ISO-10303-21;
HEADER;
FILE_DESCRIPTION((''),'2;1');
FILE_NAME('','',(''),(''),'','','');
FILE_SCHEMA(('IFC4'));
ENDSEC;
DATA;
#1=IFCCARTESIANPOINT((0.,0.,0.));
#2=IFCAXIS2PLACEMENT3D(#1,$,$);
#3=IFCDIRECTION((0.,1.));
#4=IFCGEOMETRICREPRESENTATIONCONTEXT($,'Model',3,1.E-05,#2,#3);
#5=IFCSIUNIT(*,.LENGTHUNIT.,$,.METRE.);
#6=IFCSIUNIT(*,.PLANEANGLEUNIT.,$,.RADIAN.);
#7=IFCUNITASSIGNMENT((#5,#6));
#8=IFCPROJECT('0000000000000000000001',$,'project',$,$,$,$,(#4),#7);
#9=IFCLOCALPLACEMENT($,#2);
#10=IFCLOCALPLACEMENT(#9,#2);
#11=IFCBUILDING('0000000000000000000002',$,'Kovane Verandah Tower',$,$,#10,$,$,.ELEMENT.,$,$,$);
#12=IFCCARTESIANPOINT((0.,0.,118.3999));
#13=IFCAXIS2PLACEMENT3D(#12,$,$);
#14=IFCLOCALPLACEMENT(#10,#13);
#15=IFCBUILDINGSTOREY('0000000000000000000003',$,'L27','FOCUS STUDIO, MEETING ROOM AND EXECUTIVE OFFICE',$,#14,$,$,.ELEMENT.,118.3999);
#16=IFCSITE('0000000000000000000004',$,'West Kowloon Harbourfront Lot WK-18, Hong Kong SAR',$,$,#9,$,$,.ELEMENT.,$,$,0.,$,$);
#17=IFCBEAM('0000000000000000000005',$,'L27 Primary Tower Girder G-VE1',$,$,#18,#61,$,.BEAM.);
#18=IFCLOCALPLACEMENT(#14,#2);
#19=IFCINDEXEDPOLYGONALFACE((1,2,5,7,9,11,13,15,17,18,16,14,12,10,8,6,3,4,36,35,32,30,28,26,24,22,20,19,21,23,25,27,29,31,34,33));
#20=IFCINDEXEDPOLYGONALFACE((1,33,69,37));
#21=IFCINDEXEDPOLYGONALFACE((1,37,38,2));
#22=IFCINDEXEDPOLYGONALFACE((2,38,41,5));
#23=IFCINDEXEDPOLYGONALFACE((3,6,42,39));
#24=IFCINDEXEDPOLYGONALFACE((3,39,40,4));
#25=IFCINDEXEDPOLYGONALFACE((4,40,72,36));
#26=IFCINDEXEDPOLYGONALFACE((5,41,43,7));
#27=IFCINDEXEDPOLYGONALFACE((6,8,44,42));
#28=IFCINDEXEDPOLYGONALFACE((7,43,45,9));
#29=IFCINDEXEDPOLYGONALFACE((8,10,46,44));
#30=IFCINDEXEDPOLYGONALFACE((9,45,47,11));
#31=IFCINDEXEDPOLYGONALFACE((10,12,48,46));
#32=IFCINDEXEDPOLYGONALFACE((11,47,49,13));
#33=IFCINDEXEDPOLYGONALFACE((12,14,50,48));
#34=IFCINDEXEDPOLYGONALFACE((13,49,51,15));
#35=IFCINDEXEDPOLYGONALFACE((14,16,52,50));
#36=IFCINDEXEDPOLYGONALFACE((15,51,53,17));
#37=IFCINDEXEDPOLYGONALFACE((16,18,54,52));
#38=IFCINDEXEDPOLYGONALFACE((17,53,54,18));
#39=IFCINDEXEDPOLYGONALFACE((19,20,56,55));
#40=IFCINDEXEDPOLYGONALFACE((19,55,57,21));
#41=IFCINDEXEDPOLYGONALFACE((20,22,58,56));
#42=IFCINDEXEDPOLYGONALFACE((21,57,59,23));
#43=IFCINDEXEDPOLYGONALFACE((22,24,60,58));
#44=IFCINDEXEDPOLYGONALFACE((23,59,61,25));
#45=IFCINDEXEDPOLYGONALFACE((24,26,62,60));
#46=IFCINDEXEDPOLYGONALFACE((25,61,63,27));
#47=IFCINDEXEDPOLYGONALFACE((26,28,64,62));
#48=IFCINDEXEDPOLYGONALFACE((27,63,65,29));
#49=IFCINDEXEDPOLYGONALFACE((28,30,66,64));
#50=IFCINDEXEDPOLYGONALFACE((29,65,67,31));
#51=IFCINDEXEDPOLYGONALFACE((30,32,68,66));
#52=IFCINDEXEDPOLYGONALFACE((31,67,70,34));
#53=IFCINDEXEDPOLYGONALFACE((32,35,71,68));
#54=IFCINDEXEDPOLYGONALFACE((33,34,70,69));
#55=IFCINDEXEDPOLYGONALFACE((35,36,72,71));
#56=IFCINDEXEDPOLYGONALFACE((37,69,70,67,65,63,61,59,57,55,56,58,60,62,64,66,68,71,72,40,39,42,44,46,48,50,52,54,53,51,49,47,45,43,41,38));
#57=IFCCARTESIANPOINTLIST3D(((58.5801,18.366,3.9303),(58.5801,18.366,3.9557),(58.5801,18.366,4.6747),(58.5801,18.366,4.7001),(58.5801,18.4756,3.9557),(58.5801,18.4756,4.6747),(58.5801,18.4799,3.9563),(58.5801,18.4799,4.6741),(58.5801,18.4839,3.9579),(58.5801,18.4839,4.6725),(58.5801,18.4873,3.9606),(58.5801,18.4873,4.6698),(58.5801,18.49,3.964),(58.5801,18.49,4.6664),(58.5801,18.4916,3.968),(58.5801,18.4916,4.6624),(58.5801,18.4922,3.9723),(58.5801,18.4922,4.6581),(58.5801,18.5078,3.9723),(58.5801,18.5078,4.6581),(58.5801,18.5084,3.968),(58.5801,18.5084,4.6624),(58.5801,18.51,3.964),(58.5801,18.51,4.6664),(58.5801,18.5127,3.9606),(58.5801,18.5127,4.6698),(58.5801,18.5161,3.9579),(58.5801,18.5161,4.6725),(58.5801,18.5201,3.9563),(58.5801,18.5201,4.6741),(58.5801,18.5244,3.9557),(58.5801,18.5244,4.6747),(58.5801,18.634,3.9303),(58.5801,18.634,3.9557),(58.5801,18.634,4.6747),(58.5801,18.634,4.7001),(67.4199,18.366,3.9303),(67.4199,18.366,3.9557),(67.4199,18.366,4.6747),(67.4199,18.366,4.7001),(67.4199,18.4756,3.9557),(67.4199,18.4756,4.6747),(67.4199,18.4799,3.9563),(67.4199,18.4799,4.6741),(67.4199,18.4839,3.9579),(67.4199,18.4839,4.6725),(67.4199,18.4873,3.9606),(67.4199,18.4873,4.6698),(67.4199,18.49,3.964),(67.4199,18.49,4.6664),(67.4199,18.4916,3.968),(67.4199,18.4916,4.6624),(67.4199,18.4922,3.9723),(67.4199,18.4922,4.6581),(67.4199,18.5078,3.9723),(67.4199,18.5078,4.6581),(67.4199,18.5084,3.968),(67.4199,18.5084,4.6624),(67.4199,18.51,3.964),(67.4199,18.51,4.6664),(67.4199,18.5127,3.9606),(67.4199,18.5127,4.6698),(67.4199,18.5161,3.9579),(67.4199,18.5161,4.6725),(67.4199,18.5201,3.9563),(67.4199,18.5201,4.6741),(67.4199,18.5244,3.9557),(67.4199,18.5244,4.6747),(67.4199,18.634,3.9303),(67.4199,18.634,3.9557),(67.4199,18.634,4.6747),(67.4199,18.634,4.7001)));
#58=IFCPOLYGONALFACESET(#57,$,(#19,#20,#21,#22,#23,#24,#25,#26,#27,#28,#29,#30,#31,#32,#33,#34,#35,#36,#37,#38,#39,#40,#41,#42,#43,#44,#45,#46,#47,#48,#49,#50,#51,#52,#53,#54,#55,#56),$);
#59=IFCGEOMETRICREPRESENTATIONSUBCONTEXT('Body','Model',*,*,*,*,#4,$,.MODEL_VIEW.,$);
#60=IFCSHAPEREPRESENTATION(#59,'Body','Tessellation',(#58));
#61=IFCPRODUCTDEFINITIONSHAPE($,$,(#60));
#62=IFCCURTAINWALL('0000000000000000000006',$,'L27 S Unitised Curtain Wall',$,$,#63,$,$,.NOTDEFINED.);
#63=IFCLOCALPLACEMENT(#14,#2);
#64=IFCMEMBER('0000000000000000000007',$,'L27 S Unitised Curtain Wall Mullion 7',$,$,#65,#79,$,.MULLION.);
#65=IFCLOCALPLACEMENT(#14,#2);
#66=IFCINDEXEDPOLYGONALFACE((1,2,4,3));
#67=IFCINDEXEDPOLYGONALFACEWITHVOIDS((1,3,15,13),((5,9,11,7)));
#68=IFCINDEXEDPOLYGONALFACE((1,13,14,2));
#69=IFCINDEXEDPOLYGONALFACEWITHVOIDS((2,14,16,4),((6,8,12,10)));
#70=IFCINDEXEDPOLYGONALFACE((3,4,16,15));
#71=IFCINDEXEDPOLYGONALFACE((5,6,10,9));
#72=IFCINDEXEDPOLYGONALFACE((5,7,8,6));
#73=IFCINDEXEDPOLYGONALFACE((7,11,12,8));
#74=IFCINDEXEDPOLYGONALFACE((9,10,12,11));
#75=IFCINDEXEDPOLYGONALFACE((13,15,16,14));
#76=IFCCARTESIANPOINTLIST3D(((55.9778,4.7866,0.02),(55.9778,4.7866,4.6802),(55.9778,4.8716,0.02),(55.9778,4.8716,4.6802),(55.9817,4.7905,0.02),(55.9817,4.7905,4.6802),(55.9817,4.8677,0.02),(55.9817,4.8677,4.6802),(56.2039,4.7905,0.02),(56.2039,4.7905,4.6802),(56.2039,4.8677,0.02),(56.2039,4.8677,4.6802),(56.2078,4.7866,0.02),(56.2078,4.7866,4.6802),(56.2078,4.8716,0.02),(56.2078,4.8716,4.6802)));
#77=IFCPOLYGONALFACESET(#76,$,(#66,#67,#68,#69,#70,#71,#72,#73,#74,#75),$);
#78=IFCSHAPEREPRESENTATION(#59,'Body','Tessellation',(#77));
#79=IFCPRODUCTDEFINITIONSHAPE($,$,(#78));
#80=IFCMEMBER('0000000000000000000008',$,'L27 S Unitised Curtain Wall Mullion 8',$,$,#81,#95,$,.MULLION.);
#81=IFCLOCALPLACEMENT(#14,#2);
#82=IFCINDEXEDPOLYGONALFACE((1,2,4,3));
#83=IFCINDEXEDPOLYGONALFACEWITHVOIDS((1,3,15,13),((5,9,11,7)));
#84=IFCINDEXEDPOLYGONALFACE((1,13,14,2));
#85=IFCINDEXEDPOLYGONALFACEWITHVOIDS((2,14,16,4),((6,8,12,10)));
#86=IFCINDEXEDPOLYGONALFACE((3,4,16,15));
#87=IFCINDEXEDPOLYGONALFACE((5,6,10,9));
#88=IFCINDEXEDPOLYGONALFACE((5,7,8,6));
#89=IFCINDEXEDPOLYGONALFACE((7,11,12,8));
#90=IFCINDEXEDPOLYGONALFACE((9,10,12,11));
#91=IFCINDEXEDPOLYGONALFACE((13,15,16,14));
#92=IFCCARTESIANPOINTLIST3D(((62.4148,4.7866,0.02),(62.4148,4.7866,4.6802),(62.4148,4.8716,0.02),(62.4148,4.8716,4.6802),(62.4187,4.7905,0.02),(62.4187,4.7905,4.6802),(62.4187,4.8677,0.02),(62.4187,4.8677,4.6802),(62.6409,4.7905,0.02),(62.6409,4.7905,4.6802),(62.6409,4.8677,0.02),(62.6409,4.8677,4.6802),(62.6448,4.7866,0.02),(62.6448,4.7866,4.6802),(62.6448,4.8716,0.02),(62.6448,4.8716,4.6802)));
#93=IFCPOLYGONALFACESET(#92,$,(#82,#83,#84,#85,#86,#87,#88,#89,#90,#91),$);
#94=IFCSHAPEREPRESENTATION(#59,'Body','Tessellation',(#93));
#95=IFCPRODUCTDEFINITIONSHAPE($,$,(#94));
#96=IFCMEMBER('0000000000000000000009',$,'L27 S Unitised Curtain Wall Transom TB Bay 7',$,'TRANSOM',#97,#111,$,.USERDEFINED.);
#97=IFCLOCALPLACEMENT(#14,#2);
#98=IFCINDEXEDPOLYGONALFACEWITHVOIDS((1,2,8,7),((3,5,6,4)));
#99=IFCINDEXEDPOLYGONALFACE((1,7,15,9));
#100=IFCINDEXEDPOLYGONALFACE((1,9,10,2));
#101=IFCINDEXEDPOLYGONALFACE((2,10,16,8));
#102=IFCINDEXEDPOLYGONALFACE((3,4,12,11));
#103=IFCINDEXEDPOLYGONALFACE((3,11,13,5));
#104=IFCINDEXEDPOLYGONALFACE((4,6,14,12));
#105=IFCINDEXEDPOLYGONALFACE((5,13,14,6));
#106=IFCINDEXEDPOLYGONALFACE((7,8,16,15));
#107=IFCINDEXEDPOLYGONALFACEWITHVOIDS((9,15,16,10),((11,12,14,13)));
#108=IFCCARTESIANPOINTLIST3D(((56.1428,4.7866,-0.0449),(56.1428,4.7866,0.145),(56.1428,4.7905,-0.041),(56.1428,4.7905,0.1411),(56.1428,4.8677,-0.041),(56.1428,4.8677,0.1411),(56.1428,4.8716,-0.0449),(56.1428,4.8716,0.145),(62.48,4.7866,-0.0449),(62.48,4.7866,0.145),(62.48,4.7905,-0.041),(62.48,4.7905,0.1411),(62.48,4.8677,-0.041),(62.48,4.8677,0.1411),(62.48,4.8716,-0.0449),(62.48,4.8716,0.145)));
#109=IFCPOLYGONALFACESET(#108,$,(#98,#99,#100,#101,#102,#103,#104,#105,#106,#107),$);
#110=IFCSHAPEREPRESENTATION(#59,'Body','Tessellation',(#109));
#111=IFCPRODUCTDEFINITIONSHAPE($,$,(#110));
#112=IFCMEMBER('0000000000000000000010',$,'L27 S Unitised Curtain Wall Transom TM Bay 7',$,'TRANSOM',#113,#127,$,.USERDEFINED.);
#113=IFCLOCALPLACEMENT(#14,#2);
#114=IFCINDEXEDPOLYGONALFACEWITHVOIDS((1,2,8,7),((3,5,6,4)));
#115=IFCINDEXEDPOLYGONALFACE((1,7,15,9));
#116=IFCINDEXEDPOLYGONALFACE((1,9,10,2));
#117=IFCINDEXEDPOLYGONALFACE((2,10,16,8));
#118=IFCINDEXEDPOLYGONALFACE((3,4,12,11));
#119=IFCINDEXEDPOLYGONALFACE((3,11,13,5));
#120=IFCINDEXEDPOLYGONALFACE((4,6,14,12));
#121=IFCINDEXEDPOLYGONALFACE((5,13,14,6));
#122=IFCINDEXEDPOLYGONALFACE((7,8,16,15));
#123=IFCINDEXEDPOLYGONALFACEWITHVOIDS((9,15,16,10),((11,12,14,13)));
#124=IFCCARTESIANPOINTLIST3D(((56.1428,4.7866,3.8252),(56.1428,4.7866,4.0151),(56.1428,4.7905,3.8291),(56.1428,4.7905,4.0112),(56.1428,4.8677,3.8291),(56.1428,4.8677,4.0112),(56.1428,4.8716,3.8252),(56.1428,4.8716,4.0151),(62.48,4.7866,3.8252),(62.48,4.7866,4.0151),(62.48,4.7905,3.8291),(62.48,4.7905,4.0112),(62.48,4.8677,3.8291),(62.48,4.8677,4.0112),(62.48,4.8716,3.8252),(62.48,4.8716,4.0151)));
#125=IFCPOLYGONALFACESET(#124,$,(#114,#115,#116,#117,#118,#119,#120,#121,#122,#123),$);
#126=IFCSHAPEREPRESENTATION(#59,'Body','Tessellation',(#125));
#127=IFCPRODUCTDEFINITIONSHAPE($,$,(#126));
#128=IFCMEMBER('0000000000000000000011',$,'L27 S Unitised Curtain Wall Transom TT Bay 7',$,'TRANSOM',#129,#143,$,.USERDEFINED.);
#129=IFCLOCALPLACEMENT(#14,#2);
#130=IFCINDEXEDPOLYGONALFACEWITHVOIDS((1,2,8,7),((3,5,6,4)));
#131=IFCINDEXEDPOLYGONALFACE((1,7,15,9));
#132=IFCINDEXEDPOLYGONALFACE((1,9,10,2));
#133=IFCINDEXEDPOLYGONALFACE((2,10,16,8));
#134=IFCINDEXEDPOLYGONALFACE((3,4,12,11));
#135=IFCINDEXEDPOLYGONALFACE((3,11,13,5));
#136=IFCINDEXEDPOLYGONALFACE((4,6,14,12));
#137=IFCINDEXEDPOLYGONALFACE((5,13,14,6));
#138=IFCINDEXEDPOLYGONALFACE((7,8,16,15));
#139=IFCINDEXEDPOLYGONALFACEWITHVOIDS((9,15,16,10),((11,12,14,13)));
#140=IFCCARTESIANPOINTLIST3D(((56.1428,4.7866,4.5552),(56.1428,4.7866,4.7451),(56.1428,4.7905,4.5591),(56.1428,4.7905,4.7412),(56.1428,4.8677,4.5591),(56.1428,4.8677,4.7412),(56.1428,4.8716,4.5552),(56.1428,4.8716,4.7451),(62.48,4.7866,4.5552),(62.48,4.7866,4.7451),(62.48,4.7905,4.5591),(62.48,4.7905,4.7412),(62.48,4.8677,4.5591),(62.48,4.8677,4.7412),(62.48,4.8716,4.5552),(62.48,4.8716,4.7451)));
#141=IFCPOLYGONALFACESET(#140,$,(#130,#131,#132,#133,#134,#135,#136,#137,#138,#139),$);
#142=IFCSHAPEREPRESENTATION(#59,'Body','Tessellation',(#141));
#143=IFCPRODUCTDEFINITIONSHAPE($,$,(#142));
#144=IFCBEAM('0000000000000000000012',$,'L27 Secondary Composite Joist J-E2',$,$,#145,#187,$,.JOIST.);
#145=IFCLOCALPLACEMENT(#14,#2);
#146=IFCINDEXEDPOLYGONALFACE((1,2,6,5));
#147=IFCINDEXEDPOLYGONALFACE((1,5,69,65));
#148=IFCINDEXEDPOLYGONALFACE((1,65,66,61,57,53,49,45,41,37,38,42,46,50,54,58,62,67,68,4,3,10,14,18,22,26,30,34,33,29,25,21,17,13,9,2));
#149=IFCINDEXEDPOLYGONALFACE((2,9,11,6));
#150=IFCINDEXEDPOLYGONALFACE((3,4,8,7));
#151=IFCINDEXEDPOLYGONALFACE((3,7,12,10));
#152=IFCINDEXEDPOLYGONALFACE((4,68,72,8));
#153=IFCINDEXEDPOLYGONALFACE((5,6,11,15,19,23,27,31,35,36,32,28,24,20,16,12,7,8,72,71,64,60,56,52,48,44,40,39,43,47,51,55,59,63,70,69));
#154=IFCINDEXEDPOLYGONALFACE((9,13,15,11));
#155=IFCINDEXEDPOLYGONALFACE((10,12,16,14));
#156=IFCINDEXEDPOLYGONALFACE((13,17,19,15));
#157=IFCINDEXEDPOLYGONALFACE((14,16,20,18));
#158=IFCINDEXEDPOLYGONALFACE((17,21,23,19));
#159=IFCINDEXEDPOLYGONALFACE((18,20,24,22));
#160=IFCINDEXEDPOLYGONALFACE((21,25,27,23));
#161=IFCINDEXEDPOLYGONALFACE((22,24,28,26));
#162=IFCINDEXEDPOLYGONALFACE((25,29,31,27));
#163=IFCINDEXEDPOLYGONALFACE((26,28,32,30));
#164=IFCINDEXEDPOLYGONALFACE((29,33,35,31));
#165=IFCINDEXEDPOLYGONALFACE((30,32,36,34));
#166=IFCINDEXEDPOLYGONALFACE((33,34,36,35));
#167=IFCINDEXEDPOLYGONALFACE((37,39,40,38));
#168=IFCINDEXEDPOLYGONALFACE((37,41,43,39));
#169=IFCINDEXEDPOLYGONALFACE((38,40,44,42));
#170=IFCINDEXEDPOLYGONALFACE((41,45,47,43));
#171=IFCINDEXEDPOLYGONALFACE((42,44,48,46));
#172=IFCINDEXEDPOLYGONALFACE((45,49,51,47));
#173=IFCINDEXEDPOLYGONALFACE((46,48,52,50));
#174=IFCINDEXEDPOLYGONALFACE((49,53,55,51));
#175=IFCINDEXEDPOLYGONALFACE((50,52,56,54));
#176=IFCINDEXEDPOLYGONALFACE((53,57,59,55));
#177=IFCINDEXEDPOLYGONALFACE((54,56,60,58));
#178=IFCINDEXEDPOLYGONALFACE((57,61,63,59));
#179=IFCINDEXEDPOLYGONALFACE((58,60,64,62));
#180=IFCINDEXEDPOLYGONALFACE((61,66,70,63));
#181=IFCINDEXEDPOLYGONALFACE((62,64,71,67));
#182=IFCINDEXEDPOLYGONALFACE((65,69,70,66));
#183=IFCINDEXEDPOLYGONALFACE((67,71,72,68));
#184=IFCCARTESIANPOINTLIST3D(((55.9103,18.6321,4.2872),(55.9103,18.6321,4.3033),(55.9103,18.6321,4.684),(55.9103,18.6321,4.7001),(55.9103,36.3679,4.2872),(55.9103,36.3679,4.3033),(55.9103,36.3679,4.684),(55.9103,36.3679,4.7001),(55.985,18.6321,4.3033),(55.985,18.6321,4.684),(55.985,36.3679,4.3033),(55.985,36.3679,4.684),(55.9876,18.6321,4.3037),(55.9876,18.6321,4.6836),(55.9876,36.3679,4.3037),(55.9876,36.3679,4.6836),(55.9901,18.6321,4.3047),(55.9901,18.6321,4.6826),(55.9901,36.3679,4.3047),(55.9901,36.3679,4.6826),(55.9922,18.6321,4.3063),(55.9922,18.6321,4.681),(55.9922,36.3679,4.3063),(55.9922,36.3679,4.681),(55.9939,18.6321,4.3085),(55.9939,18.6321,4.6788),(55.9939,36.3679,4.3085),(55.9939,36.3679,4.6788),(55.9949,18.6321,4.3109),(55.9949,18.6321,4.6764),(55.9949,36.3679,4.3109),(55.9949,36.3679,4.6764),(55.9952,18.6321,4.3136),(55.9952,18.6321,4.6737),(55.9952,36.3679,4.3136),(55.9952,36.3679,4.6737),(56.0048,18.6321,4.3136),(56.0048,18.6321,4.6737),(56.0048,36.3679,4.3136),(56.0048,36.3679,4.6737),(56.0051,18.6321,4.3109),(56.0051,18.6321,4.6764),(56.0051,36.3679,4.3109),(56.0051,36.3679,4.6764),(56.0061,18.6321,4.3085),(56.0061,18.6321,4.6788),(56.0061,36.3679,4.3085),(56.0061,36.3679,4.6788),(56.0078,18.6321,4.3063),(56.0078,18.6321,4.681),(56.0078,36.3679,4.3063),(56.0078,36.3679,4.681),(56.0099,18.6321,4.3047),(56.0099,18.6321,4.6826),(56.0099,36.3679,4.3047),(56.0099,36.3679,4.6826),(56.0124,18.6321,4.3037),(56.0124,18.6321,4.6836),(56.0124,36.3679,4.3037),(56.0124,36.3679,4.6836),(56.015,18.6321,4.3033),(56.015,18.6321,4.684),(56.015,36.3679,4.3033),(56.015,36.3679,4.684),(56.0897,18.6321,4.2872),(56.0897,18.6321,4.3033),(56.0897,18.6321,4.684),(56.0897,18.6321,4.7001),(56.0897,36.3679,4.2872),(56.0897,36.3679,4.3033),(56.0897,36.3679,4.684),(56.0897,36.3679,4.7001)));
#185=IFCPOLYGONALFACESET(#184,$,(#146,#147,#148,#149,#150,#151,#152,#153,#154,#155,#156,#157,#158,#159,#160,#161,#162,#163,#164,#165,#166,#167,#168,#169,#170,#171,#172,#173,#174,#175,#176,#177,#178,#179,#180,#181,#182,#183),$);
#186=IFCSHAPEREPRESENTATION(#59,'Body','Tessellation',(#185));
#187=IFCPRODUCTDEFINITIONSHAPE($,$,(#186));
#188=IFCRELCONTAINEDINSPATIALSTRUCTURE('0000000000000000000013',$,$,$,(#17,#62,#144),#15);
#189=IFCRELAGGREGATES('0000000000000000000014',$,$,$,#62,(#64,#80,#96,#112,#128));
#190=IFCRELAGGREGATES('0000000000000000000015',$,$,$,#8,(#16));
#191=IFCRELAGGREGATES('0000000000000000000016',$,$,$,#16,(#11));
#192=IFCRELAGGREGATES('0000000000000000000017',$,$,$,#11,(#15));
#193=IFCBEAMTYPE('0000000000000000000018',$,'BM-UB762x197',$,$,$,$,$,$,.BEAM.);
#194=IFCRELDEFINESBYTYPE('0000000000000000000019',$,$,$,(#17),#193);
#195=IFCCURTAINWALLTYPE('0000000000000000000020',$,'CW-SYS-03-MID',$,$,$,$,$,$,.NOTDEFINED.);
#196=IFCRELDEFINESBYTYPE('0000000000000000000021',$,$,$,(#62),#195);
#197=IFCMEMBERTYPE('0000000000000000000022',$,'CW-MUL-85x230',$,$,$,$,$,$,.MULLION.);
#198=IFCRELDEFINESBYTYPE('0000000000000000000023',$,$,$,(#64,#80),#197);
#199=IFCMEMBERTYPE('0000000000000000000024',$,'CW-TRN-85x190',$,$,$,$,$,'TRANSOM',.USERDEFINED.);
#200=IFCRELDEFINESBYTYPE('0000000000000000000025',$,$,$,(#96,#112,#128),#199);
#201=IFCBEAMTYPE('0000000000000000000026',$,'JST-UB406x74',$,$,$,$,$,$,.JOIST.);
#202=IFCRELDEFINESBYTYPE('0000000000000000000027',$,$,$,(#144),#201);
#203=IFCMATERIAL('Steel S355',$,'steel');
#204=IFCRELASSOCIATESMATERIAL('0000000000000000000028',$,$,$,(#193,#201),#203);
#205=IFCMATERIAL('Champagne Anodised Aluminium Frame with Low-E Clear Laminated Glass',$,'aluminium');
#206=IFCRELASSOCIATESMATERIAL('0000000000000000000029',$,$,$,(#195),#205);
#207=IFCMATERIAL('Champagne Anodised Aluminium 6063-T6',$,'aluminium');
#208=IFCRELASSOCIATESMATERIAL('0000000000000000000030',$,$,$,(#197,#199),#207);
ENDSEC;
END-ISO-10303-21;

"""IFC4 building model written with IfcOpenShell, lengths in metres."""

from ifc_helpers import new_model, si_unit, direction, frame, origin, origin_2d, place, context, subcontext, project, spatial, hollow_rectangle, i_section, extrude, material, material_profile, profile_set, type_object, element, aggregate, save


model = new_model("IFC4")

# Units and contexts
model_context = context("Model", 3, precision=1e-05, world=origin(), true_north=direction((0.0, 1.0)))
body_context = subcontext(model_context, "Body", "Model", "MODEL_VIEW")
ifc_project = project(units=[si_unit("LENGTHUNIT", "METRE"), si_unit("PLANEANGLEUNIT", "RADIAN")], contexts=[model_context])

# Site, building, storey
site_placement = place(None, origin())
site = spatial("IfcSite", under=ifc_project, at=site_placement, Name="West Kowloon Harbourfront Lot WK-18, Hong Kong SAR", CompositionType="ELEMENT", RefElevation=0.0)
building_placement = place(site_placement, origin())
building = spatial("IfcBuilding", under=site, at=building_placement, Name="Kovane Verandah Tower", CompositionType="ELEMENT")
storey_placement = place(building_placement, frame((0.0, 0.0, 118.3999)))
storey = spatial("IfcBuildingStorey", under=building, at=storey_placement, Name="L27", Description="FOCUS STUDIO, MEETING ROOM AND EXECUTIVE OFFICE", CompositionType="ELEMENT", Elevation=118.3999)

# Beam
ifc_material_1 = material(Name="Steel S355", Category="steel")
ifc_material_profile_1 = material_profile(ifc_material_1, i_section(OverallWidth=0.2681, OverallDepth=0.7698, WebThickness=0.0156, FlangeThickness=0.0254, FilletRadius=0.0166, at=origin_2d()), Name="UB762x267x197")
ifc_profile_set_1 = profile_set([ifc_material_profile_1], Name="Steel S355")
beam_type_1 = type_object("IfcBeamType", Name="BM-UB762x197", PredefinedType="BEAM", material=ifc_profile_set_1)
beam_1_placement = place(storey_placement, frame((58.5801, 18.5, 4.3152), z_axis=(1.0, 0.0, 0.0), x_axis=(0.0, 1.0, 0.0)))
element("IfcBeam", 1, at=beam_1_placement, inside=storey, type_object=beam_type_1, Name="L27 Primary Tower Girder G-VE1", PredefinedType="BEAM", context=body_context, shape_type="SweptSolid", body=[
    extrude(i_section(OverallWidth=0.2681, OverallDepth=0.7698, WebThickness=0.0156, FlangeThickness=0.0254, FilletRadius=0.0166, at=origin_2d()), origin(), (0.0, 0.0, 1.0), 8.8398),
])

# Curtain wall, members
ifc_material_2 = material(Name="Champagne Anodised Aluminium Frame with Low-E Clear Laminated Glass", Category="aluminium")
curtain_wall_type = type_object("IfcCurtainWallType", Name="CW-SYS-03-MID", PredefinedType="NOTDEFINED", material=ifc_material_2)
curtain_wall_placement = place(storey_placement, origin())
curtain_wall = element("IfcCurtainWall", 2, at=curtain_wall_placement, inside=storey, type_object=curtain_wall_type, Name="L27 S Unitised Curtain Wall", PredefinedType="NOTDEFINED")
ifc_material_3 = material(Name="Champagne Anodised Aluminium 6063-T6", Category="aluminium")
ifc_material_profile_2 = material_profile(ifc_material_3, hollow_rectangle(XDim=0.085, YDim=0.23, WallThickness=0.0039, at=origin_2d()), Name="AL85x230x4")
ifc_profile_set_2 = profile_set([ifc_material_profile_2], Name="Champagne Anodised Aluminium 6063-T6")
member_type_1 = type_object("IfcMemberType", Name="CW-MUL-85x230", PredefinedType="MULLION", material=ifc_profile_set_2)
member_1_placement = place(storey_placement, frame((56.0928, 4.8291, 0.02), z_axis=(0.0, 0.0, 1.0), x_axis=(0.0, -1.0, 0.0)))
member_1 = element("IfcMember", 3, at=member_1_placement, type_object=member_type_1, Name="L27 S Unitised Curtain Wall Mullion 7", PredefinedType="MULLION", context=body_context, shape_type="SweptSolid", body=[
    extrude(hollow_rectangle(XDim=0.085, YDim=0.23, WallThickness=0.0039, at=origin_2d()), origin(), (0.0, 0.0, 1.0), 4.6602),
])
member_2_placement = place(storey_placement, frame((62.5298, 4.8291, 0.02), z_axis=(0.0, 0.0, 1.0), x_axis=(0.0, -1.0, 0.0)))
member_2 = element("IfcMember", 4, at=member_2_placement, type_object=member_type_1, Name="L27 S Unitised Curtain Wall Mullion 8", PredefinedType="MULLION", context=body_context, shape_type="SweptSolid", body=[
    extrude(hollow_rectangle(XDim=0.085, YDim=0.23, WallThickness=0.0039, at=origin_2d()), origin(), (0.0, 0.0, 1.0), 4.6602),
])
ifc_material_profile_3 = material_profile(ifc_material_3, hollow_rectangle(XDim=0.085, YDim=0.1899, WallThickness=0.0039, at=origin_2d()), Name="AL85x190x4")
ifc_profile_set_3 = profile_set([ifc_material_profile_3], Name="Champagne Anodised Aluminium 6063-T6")
member_type_2 = type_object("IfcMemberType", Name="CW-TRN-85x190", ElementType="TRANSOM", PredefinedType="USERDEFINED", material=ifc_profile_set_3)
member_3_placement = place(storey_placement, frame((56.1428, 4.8291, 0.05), z_axis=(1.0, 0.0, 0.0), x_axis=(0.0, 1.0, 0.0)))
member_3 = element("IfcMember", 5, at=member_3_placement, type_object=member_type_2, Name="L27 S Unitised Curtain Wall Transom TB Bay 7", ObjectType="TRANSOM", PredefinedType="USERDEFINED", context=body_context, shape_type="SweptSolid", body=[
    extrude(hollow_rectangle(XDim=0.085, YDim=0.1899, WallThickness=0.0039, at=origin_2d()), origin(), (0.0, 0.0, 1.0), 6.3372),
])
member_4_placement = place(storey_placement, frame((56.1428, 4.8291, 3.9202), z_axis=(1.0, 0.0, 0.0), x_axis=(0.0, 1.0, 0.0)))
member_4 = element("IfcMember", 6, at=member_4_placement, type_object=member_type_2, Name="L27 S Unitised Curtain Wall Transom TM Bay 7", ObjectType="TRANSOM", PredefinedType="USERDEFINED", context=body_context, shape_type="SweptSolid", body=[
    extrude(hollow_rectangle(XDim=0.085, YDim=0.1899, WallThickness=0.0039, at=origin_2d()), origin(), (0.0, 0.0, 1.0), 6.3372),
])
member_5_placement = place(storey_placement, frame((56.1428, 4.8291, 4.6501), z_axis=(1.0, 0.0, 0.0), x_axis=(0.0, 1.0, 0.0)))
member_5 = element("IfcMember", 7, at=member_5_placement, type_object=member_type_2, Name="L27 S Unitised Curtain Wall Transom TT Bay 7", ObjectType="TRANSOM", PredefinedType="USERDEFINED", context=body_context, shape_type="SweptSolid", body=[
    extrude(hollow_rectangle(XDim=0.085, YDim=0.1899, WallThickness=0.0039, at=origin_2d()), origin(), (0.0, 0.0, 1.0), 6.3372),
])

# Beam
ifc_material_profile_4 = material_profile(ifc_material_1, i_section(OverallWidth=0.1794, OverallDepth=0.4128, WebThickness=0.0095, FlangeThickness=0.0161, FilletRadius=0.0103, at=origin_2d()), Name="UB406x178x74")
ifc_profile_set_4 = profile_set([ifc_material_profile_4], Name="Steel S355")
beam_type_2 = type_object("IfcBeamType", Name="JST-UB406x74", PredefinedType="JOIST", material=ifc_profile_set_4)
beam_2_placement = place(storey_placement, frame((56.0, 18.6321, 4.4937), z_axis=(0.0, 1.0, 0.0), x_axis=(-1.0, 0.0, 0.0)))
element("IfcBeam", 8, at=beam_2_placement, inside=storey, type_object=beam_type_2, Name="L27 Secondary Composite Joist J-E2", PredefinedType="JOIST", context=body_context, shape_type="SweptSolid", body=[
    extrude(i_section(OverallWidth=0.1794, OverallDepth=0.4128, WebThickness=0.0095, FlangeThickness=0.0161, FilletRadius=0.0103, at=origin_2d()), origin(), (0.0, 0.0, 1.0), 17.7358),
])

aggregate(curtain_wall, [member_1, member_2, member_3, member_4, member_5])

save(model, "model.ifc")
